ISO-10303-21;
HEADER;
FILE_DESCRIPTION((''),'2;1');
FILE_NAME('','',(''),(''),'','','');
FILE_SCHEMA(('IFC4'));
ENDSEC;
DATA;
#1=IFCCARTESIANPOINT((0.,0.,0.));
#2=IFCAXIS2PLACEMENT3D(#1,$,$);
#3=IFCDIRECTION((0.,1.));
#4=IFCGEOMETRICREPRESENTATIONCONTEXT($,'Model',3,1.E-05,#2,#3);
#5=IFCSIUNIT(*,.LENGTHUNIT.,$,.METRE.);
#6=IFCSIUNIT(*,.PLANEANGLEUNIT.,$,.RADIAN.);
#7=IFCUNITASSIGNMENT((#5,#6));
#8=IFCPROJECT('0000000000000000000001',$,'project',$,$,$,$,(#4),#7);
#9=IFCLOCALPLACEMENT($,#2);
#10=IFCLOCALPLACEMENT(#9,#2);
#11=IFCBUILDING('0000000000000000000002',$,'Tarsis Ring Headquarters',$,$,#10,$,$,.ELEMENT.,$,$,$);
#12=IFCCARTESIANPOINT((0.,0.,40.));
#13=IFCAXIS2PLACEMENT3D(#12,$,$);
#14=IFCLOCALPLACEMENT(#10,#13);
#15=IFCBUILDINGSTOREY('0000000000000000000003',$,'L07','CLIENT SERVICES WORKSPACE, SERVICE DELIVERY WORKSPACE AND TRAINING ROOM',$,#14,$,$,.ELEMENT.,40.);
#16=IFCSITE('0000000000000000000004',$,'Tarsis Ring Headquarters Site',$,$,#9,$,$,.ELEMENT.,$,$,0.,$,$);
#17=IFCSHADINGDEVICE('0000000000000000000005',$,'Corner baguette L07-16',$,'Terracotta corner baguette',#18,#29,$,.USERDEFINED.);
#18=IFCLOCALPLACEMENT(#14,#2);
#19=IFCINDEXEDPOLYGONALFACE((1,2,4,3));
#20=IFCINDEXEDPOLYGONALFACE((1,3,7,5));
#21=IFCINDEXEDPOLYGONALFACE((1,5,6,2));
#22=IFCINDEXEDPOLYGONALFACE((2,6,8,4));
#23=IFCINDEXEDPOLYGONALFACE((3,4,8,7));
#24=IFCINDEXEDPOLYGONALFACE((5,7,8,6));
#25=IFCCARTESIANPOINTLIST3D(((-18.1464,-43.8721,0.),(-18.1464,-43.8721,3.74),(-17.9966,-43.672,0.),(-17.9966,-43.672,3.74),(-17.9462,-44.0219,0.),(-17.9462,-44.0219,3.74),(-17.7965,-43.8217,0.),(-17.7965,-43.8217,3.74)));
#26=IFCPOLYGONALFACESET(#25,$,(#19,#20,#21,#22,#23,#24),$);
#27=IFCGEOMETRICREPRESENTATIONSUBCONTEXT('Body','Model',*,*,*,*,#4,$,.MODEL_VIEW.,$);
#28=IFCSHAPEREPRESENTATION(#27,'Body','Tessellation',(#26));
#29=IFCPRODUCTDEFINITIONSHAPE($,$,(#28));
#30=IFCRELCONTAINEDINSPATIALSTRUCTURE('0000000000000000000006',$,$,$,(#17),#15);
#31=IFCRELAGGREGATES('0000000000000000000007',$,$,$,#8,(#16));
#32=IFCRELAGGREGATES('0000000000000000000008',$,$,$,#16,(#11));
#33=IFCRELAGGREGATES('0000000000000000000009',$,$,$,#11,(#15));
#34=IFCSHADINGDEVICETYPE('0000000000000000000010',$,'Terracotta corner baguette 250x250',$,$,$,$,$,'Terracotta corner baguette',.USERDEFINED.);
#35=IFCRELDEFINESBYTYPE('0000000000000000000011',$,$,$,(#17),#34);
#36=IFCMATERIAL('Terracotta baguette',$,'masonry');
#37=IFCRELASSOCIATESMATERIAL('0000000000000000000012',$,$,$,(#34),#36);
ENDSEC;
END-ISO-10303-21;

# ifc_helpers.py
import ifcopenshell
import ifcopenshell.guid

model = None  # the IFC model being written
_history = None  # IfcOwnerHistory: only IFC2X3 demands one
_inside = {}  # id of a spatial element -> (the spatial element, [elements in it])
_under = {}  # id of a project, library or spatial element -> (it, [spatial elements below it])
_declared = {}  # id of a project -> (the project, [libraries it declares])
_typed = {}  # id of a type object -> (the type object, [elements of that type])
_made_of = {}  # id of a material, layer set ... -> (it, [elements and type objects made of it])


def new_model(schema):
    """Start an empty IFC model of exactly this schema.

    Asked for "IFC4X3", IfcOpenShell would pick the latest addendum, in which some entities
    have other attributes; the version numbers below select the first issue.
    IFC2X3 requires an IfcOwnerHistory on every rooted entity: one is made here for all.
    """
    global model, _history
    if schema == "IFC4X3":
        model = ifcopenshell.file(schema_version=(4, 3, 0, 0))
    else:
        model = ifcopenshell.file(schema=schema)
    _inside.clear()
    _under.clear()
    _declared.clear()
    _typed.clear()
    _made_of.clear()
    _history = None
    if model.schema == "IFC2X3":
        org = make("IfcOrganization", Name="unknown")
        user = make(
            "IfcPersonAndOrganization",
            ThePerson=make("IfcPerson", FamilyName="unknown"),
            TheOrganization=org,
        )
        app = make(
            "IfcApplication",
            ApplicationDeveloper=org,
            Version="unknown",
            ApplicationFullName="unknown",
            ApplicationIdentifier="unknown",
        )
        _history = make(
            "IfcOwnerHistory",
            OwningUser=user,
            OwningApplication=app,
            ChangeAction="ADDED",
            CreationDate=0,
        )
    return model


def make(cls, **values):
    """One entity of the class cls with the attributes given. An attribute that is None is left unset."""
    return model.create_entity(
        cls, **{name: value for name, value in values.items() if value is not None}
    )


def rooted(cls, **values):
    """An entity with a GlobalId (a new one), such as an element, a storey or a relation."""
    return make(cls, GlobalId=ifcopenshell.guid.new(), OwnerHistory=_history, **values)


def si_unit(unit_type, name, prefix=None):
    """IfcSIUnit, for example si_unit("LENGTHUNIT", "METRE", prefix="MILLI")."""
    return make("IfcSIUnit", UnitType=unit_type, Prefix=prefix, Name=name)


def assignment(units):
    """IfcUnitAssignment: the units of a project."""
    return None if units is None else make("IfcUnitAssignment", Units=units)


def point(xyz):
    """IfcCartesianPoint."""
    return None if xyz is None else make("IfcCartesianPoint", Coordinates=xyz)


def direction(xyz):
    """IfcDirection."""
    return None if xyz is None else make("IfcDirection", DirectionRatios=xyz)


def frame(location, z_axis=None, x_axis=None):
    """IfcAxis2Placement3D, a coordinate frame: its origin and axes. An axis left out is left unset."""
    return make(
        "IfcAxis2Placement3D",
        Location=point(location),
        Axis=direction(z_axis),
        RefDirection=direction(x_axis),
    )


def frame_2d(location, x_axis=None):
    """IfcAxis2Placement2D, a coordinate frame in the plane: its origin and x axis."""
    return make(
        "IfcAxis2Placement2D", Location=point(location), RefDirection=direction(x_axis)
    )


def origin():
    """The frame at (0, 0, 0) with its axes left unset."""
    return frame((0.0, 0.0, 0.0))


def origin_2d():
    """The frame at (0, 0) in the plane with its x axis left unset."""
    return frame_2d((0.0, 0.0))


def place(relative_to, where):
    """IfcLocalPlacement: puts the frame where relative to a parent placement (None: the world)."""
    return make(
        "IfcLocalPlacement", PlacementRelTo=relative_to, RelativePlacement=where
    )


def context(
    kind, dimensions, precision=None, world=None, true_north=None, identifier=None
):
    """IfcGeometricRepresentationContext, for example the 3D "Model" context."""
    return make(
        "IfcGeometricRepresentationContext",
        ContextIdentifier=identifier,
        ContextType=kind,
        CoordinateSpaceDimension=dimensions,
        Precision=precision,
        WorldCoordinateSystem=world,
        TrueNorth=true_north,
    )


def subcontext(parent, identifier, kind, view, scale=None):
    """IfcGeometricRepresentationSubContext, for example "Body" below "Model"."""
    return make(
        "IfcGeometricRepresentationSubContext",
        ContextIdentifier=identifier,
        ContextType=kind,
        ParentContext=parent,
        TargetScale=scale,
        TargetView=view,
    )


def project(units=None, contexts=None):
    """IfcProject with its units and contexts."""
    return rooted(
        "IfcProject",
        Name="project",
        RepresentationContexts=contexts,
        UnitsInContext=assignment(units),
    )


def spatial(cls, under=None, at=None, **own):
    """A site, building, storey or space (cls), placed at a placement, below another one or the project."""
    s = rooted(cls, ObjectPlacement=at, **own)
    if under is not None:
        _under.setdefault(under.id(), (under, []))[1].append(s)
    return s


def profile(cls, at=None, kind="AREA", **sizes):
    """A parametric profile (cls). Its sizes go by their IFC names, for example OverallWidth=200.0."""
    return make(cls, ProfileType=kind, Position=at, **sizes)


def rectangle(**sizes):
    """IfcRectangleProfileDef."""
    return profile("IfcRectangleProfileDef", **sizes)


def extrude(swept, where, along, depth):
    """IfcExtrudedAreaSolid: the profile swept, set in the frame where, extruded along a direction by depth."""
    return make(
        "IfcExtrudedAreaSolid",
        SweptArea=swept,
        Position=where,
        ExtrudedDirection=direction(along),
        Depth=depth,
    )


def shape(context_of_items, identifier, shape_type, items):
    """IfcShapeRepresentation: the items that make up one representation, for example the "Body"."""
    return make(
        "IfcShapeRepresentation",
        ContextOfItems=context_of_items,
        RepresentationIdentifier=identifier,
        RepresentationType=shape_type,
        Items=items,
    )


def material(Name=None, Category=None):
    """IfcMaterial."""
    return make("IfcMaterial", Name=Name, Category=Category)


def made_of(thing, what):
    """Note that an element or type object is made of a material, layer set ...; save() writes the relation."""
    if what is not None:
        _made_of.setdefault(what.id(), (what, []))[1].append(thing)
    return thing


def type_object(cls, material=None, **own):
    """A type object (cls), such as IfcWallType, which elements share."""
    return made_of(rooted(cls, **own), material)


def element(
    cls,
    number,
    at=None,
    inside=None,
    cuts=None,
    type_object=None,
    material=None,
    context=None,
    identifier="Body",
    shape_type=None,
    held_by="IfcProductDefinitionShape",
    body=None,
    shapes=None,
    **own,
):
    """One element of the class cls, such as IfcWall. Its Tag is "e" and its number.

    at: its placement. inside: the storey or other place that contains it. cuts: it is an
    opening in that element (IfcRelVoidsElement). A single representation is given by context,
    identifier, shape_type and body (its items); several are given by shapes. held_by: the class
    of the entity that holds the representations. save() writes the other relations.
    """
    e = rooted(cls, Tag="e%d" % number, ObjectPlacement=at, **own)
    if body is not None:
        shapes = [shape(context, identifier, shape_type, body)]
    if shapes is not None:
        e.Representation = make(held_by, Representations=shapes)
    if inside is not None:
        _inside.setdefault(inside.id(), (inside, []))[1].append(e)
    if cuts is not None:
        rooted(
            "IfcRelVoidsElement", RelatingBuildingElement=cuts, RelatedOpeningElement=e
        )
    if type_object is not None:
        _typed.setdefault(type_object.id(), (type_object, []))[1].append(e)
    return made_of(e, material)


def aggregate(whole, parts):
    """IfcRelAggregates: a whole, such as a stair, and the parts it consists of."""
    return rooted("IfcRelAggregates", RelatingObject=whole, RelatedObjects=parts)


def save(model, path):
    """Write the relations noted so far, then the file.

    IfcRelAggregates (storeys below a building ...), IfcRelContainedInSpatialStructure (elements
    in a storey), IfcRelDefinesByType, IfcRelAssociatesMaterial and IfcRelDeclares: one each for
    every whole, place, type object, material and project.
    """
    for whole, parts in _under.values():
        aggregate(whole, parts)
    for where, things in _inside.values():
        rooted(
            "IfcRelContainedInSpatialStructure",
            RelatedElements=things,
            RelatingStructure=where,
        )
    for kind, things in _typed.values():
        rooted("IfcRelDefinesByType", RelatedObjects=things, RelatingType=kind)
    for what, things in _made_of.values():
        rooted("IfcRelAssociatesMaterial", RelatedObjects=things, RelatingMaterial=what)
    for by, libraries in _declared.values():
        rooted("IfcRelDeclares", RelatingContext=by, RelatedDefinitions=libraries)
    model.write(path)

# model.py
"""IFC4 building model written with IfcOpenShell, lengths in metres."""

from ifc_helpers import new_model, si_unit, direction, frame, origin, origin_2d, place, context, subcontext, project, spatial, rectangle, extrude, material, type_object, element, save


model = new_model("IFC4")

# Units and contexts
model_context = context("Model", 3, precision=1e-05, world=origin(), true_north=direction((0.0, 1.0)))
body_context = subcontext(model_context, "Body", "Model", "MODEL_VIEW")
ifc_project = project(units=[si_unit("LENGTHUNIT", "METRE"), si_unit("PLANEANGLEUNIT", "RADIAN")], contexts=[model_context])

# Site, building, storey
site_placement = place(None, origin())
site = spatial("IfcSite", under=ifc_project, at=site_placement, Name="Tarsis Ring Headquarters Site", CompositionType="ELEMENT", RefElevation=0.0)
building_placement = place(site_placement, origin())
building = spatial("IfcBuilding", under=site, at=building_placement, Name="Tarsis Ring Headquarters", CompositionType="ELEMENT")
storey_placement = place(building_placement, frame((0.0, 0.0, 40.0)))
storey = spatial("IfcBuildingStorey", under=building, at=storey_placement, Name="L07", Description="CLIENT SERVICES WORKSPACE, SERVICE DELIVERY WORKSPACE AND TRAINING ROOM", CompositionType="ELEMENT", Elevation=40.0)

# Shading device
ifc_material_1 = material(Name="Terracotta baguette", Category="masonry")
shading_device_type_1 = type_object("IfcShadingDeviceType", Name="Terracotta corner baguette 250x250", ElementType="Terracotta corner baguette", PredefinedType="USERDEFINED", material=ifc_material_1)
for number, where, z_axis, x_axis, name in (
    (1, (-17.9714, -43.8469, 0.0), (0.0, 0.0, 1.0), (0.800731, -0.599023, 0.0), "Corner baguette L07-16"),
):
    element("IfcShadingDevice", number, at=place(storey_placement, frame(where, z_axis=z_axis, x_axis=x_axis)), inside=storey, type_object=shading_device_type_1, Name=name, ObjectType="Terracotta corner baguette", PredefinedType="USERDEFINED", context=body_context, shape_type="SweptSolid", body=[
        extrude(rectangle(XDim=0.25, YDim=0.25, at=origin_2d()), origin(), (0.0, 0.0, 1.0), 3.74),
    ])

save(model, "model.ifc")
